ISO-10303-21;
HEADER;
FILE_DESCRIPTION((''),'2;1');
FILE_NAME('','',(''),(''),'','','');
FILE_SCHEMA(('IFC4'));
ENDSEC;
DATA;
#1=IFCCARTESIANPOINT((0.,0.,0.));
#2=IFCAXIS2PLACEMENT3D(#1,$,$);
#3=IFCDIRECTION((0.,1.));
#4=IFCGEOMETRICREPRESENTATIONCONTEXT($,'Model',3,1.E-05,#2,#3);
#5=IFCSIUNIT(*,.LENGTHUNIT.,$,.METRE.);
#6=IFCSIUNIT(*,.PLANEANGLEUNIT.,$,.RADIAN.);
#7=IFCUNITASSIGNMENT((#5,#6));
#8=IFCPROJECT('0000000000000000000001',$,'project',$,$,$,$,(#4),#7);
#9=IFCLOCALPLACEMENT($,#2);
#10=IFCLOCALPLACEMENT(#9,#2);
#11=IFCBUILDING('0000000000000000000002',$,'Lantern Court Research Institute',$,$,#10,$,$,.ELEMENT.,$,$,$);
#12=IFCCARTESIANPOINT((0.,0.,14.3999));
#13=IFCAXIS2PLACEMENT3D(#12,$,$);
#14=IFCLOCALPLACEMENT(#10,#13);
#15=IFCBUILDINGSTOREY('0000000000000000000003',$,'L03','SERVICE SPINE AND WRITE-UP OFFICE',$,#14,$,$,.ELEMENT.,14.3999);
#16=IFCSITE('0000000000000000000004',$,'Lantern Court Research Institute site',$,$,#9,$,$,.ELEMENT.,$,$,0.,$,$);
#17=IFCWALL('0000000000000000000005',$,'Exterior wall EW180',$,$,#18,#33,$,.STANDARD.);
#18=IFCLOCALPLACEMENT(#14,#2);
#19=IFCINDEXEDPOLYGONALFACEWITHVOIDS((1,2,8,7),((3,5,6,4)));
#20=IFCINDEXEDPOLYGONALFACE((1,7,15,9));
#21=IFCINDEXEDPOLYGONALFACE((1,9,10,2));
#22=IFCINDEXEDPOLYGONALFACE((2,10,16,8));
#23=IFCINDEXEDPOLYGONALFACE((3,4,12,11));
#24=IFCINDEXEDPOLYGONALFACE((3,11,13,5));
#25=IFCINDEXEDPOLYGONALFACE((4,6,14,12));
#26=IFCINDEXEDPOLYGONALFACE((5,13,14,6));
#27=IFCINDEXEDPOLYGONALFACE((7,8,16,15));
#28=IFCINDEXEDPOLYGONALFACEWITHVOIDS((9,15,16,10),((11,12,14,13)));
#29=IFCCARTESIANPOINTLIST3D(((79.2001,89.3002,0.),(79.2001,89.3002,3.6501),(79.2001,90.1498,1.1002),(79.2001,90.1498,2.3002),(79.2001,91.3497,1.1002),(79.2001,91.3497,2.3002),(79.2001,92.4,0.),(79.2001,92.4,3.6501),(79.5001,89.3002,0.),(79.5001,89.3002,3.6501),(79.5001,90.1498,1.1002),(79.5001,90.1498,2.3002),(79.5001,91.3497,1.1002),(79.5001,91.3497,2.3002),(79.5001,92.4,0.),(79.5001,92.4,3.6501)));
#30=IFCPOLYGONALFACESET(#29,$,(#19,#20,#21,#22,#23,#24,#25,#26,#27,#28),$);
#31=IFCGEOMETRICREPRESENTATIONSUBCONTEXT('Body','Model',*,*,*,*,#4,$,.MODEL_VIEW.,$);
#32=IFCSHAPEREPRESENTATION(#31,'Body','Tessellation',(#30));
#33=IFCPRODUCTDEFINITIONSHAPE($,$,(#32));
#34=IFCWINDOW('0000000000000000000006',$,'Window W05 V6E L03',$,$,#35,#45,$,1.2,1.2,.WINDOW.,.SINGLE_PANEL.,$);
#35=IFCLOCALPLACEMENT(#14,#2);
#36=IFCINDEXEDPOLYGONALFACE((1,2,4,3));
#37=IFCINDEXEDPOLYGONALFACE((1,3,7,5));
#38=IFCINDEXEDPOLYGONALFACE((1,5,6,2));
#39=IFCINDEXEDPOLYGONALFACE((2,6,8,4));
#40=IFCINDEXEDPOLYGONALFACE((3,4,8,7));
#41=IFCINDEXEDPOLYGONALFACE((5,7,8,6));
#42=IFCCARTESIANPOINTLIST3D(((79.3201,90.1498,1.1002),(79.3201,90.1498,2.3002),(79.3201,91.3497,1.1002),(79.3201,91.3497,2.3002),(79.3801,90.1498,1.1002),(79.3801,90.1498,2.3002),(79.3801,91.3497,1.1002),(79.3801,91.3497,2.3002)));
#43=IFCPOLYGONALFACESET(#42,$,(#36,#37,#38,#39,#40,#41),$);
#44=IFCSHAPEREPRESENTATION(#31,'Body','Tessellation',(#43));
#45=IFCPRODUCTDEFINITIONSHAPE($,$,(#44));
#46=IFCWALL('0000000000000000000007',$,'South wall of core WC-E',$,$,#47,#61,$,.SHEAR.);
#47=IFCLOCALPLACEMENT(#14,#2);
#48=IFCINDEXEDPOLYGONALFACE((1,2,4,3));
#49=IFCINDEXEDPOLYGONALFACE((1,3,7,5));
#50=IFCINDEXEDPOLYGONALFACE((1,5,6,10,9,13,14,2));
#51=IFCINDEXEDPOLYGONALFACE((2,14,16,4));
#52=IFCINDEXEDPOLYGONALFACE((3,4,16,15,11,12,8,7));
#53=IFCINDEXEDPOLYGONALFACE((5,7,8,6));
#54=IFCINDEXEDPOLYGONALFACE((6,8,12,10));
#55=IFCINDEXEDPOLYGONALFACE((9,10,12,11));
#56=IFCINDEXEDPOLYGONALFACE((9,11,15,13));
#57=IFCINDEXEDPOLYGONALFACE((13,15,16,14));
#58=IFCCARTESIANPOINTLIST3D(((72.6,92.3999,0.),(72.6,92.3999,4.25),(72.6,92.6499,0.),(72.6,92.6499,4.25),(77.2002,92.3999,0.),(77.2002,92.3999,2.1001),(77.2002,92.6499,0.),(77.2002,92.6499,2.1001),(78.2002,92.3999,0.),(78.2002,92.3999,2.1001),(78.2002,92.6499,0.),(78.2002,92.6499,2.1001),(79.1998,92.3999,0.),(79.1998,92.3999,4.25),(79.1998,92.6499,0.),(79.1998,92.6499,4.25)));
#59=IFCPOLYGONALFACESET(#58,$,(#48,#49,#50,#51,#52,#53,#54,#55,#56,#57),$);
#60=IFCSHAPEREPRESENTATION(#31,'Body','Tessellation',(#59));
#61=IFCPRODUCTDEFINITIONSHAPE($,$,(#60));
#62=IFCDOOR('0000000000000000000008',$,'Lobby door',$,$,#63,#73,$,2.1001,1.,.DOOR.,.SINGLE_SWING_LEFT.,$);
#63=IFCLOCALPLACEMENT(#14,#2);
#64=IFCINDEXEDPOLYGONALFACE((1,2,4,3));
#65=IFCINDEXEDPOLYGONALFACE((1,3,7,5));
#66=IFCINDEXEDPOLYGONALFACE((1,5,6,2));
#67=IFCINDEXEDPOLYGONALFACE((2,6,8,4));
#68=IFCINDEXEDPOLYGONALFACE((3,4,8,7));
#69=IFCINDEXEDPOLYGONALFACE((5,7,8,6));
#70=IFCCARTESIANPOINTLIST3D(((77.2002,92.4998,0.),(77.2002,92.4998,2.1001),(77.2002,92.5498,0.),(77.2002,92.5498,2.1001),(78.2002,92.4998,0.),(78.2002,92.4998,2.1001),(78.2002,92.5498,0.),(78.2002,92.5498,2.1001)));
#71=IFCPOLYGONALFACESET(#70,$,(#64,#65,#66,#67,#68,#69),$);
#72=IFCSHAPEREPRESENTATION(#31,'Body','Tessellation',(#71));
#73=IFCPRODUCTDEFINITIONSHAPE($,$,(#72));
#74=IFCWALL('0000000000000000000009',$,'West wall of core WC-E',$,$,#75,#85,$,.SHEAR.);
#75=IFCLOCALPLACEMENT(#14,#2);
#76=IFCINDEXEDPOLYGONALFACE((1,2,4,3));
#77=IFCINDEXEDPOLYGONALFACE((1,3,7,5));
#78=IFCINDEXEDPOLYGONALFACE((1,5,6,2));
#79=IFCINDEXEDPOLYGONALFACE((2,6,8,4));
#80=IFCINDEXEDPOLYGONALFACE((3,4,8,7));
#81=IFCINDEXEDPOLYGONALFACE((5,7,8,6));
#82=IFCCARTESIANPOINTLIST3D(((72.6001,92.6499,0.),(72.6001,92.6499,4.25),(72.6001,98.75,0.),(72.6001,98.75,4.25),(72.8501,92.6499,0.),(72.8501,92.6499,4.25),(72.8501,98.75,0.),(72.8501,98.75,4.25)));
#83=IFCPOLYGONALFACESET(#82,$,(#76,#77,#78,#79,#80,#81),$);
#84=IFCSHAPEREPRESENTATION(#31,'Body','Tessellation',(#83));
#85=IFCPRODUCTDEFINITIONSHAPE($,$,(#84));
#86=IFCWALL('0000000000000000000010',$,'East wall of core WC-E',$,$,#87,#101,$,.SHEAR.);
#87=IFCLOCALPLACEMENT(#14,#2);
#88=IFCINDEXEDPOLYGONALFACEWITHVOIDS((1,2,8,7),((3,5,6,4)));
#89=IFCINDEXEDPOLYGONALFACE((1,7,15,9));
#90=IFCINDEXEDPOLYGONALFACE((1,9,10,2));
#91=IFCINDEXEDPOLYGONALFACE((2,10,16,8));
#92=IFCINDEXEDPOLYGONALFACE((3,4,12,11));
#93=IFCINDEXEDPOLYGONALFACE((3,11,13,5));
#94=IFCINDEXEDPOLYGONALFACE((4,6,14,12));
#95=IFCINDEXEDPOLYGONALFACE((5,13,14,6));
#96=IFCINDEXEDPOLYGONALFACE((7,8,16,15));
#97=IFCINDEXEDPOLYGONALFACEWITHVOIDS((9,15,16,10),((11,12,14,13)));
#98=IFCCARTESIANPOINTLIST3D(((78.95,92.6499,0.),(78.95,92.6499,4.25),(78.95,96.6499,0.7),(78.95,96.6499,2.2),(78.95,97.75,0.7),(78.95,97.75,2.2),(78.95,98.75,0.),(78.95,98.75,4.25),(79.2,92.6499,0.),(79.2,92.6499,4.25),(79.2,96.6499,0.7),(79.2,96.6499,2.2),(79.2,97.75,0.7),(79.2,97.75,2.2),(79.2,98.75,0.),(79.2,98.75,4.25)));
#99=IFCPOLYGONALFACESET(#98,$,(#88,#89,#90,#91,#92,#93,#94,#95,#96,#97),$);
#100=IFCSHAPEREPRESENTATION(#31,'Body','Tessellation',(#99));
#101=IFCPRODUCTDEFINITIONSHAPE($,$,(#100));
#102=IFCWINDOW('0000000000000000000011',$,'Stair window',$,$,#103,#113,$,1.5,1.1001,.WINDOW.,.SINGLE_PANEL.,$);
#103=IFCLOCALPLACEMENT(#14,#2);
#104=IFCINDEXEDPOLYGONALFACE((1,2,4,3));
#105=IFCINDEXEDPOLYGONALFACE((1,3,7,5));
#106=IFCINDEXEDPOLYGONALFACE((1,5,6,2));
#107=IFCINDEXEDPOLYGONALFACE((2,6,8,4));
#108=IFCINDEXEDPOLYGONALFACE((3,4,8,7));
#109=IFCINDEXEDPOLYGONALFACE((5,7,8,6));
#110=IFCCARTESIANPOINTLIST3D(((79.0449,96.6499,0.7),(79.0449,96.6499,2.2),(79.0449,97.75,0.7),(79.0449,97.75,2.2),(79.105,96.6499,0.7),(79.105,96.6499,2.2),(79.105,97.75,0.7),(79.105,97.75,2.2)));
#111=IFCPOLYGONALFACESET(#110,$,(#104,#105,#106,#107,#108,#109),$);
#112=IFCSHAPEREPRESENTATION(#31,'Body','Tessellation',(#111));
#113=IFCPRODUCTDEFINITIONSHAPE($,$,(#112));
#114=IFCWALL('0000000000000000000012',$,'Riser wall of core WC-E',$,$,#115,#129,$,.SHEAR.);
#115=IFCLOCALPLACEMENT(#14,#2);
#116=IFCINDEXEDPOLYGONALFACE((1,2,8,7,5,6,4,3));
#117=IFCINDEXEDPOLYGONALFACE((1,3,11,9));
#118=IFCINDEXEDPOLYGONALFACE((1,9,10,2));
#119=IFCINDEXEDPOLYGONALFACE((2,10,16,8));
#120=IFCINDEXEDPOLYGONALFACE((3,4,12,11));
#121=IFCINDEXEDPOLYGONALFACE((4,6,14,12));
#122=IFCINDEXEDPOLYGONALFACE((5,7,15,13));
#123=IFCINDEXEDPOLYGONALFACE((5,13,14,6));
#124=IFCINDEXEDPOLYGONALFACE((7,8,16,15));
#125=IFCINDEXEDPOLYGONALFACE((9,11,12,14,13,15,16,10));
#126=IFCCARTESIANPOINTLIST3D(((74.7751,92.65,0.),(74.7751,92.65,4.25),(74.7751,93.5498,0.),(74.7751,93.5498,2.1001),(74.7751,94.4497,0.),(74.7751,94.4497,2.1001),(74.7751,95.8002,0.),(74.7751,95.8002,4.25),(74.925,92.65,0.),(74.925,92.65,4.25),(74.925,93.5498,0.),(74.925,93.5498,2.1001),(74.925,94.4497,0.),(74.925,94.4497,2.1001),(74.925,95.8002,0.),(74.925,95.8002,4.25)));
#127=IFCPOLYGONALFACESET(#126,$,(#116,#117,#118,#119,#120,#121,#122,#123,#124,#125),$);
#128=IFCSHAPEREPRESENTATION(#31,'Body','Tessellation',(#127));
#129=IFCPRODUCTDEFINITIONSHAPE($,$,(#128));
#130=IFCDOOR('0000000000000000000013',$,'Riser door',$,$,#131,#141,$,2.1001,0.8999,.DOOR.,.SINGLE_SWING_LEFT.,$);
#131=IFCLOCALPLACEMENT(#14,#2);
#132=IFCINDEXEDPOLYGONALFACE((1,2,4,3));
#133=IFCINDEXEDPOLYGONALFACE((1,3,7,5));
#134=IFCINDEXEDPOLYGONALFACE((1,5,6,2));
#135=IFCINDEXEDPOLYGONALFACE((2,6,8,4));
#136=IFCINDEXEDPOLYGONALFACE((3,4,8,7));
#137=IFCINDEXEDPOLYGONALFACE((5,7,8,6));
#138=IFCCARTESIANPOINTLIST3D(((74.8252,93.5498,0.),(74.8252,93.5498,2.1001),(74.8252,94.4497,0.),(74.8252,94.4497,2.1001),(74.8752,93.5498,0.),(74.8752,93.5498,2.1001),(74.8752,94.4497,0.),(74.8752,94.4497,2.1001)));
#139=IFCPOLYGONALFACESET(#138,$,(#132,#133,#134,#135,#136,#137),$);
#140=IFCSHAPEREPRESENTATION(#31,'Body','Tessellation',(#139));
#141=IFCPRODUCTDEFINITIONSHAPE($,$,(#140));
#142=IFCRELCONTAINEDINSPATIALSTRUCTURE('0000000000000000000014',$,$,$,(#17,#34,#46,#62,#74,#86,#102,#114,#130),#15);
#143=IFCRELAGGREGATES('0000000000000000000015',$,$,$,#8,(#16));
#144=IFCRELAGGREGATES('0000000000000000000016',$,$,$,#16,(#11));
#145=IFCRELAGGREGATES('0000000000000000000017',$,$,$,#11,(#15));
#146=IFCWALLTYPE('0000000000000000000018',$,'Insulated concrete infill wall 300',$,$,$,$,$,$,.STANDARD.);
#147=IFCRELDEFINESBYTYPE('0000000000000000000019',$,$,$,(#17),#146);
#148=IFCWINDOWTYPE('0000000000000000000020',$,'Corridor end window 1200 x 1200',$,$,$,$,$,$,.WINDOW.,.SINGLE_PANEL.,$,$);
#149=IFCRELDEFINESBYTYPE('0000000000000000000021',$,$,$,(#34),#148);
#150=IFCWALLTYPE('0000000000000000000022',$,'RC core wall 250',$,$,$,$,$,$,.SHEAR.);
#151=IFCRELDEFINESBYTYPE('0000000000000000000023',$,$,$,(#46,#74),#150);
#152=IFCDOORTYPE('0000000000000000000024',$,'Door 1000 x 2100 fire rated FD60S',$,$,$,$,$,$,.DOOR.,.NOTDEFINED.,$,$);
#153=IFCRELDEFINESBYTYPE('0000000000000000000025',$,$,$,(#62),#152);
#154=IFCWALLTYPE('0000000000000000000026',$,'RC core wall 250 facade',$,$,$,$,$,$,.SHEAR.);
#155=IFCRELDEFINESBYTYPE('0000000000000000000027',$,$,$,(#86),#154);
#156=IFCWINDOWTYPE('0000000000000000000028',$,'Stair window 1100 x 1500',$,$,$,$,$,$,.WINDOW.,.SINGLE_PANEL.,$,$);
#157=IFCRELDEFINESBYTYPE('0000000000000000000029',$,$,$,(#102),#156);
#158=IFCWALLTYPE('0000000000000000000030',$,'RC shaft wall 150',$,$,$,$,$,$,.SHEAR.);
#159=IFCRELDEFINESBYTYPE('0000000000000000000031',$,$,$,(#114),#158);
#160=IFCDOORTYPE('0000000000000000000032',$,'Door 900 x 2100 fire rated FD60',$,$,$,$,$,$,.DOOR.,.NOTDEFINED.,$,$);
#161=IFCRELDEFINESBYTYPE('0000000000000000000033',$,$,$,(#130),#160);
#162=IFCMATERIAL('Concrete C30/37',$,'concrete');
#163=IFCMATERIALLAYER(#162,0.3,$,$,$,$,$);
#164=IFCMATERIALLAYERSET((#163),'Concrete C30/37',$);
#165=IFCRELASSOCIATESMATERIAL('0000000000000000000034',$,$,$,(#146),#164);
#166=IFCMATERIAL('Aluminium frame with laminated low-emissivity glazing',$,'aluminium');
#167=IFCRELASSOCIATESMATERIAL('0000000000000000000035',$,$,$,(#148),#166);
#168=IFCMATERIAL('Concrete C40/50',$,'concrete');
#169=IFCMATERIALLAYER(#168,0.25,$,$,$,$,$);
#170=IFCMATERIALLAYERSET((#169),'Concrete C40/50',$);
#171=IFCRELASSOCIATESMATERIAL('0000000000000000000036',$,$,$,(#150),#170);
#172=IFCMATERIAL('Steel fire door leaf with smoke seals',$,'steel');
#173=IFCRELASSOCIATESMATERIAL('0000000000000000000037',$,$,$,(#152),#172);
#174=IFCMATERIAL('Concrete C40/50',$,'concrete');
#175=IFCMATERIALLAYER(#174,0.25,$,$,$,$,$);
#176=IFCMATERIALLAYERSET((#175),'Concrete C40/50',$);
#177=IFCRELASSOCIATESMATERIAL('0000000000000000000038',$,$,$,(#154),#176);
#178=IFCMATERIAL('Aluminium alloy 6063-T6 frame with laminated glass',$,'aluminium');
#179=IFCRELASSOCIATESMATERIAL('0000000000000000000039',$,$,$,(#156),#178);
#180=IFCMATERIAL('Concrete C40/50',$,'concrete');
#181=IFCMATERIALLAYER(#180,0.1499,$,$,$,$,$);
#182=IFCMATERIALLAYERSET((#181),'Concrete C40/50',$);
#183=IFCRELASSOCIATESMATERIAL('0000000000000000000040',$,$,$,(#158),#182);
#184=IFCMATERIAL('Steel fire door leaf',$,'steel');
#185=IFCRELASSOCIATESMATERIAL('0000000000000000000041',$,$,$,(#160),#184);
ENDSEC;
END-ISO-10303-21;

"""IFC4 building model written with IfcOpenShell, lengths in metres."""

from ifc_helpers import new_model, si_unit, direction, frame, frame_2d, origin, place, context, subcontext, project, spatial, rectangle, extrude, material, layer, layer_set, type_object, element, fill, save


model = new_model("IFC4")

# Units and contexts
model_context = context("Model", 3, precision=1e-05, world=origin(), true_north=direction((0.0, 1.0)))
body_context = subcontext(model_context, "Body", "Model", "MODEL_VIEW")
ifc_project = project(units=[si_unit("LENGTHUNIT", "METRE"), si_unit("PLANEANGLEUNIT", "RADIAN")], contexts=[model_context])

# Site, building, storey
site_placement = place(None, origin())
site = spatial("IfcSite", under=ifc_project, at=site_placement, Name="Lantern Court Research Institute site", CompositionType="ELEMENT", RefElevation=0.0)
building_placement = place(site_placement, origin())
building = spatial("IfcBuilding", under=site, at=building_placement, Name="Lantern Court Research Institute", CompositionType="ELEMENT")
storey_placement = place(building_placement, frame((0.0, 0.0, 14.3999)))
storey = spatial("IfcBuildingStorey", under=building, at=storey_placement, Name="L03", Description="SERVICE SPINE AND WRITE-UP OFFICE", CompositionType="ELEMENT", Elevation=14.3999)

# Wall, opening, window
ifc_material_1 = material(Name="Concrete C30/37", Category="concrete")
ifc_layer_1 = layer(ifc_material_1, 0.3)
ifc_layer_set_1 = layer_set([ifc_layer_1], Name="Concrete C30/37")
wall_type_1 = type_object("IfcWallType", Name="Insulated concrete infill wall 300", PredefinedType="STANDARD", material=ifc_layer_set_1)
wall_1_placement = place(storey_placement, frame((79.3501, 92.3999, 0.0), z_axis=(0.0, 0.0, 1.0), x_axis=(0.0, -1.0, 0.0)))
wall_1 = element("IfcWall", 1, at=wall_1_placement, inside=storey, type_object=wall_type_1, Name="Exterior wall EW180", PredefinedType="STANDARD", context=body_context, shape_type="SweptSolid", body=[
    extrude(rectangle(XDim=3.0999, YDim=0.3, at=frame_2d((1.5498, 0.0))), origin(), (0.0, 0.0, 1.0), 3.6501),
])
opening_1_placement = place(wall_1_placement, frame((1.05, 0.0, 1.1001)))
opening_1 = element("IfcOpeningElement", 2, at=opening_1_placement, cuts=wall_1, PredefinedType="OPENING", context=body_context, shape_type="SweptSolid", body=[
    extrude(rectangle(XDim=1.2, YDim=1.2, at=frame_2d((0.6001, 0.6001))), frame((0.0, 0.1599, 0.0), z_axis=(0.0, -1.0, 0.0), x_axis=(1.0, 0.0, 0.0)), (0.0, 0.0, 1.0), 0.3201),
])
ifc_material_2 = material(Name="Aluminium frame with laminated low-emissivity glazing", Category="aluminium")
window_type_1 = type_object("IfcWindowType", Name="Corridor end window 1200 x 1200", PartitioningType="SINGLE_PANEL", PredefinedType="WINDOW", material=ifc_material_2)
window_1_placement = place(opening_1_placement, origin())
window_1 = element("IfcWindow", 3, at=window_1_placement, inside=storey, type_object=window_type_1, Name="Window W05 V6E L03", OverallHeight=1.2, OverallWidth=1.2, PartitioningType="SINGLE_PANEL", PredefinedType="WINDOW", context=body_context, shape_type="SweptSolid", body=[
    extrude(rectangle(XDim=1.2, YDim=1.2, at=frame_2d((0.6001, 0.6001))), frame((0.0, 0.03, 0.0), z_axis=(0.0, -1.0, 0.0), x_axis=(1.0, 0.0, 0.0)), (0.0, 0.0, 1.0), 0.0601),
])
fill(opening_1, window_1)

# Wall, opening, door
ifc_material_3 = material(Name="Concrete C40/50", Category="concrete")
ifc_layer_2 = layer(ifc_material_3, 0.25)
ifc_layer_set_2 = layer_set([ifc_layer_2], Name="Concrete C40/50")
wall_type_2 = type_object("IfcWallType", Name="RC core wall 250", PredefinedType="SHEAR", material=ifc_layer_set_2)
wall_2_placement = place(storey_placement, frame((72.6001, 92.5249, 0.0), z_axis=(0.0, 0.0, 1.0), x_axis=(1.0, 0.0, 0.0)))
wall_2 = element("IfcWall", 4, at=wall_2_placement, inside=storey, type_object=wall_type_2, Name="South wall of core WC-E", PredefinedType="SHEAR", context=body_context, shape_type="SweptSolid", body=[
    extrude(rectangle(XDim=6.5999, YDim=0.25, at=frame_2d((3.2998, 0.0))), origin(), (0.0, 0.0, 1.0), 4.25),
])
opening_2_placement = place(wall_2_placement, frame((4.6001, 0.0, 0.0)))
opening_2 = element("IfcOpeningElement", 5, at=opening_2_placement, cuts=wall_2, PredefinedType="OPENING", context=body_context, shape_type="SweptSolid", body=[
    extrude(rectangle(XDim=1.0, YDim=2.1001, at=frame_2d((0.5, 1.05))), frame((0.0, 0.135, 0.0), z_axis=(0.0, -1.0, 0.0), x_axis=(1.0, 0.0, 0.0)), (0.0, 0.0, 1.0), 0.27),
])
ifc_material_4 = material(Name="Steel fire door leaf with smoke seals", Category="steel")
door_type_1 = type_object("IfcDoorType", Name="Door 1000 x 2100 fire rated FD60S", OperationType="NOTDEFINED", PredefinedType="DOOR", material=ifc_material_4)
door_1_placement = place(opening_2_placement, origin())
door_1 = element("IfcDoor", 6, at=door_1_placement, inside=storey, type_object=door_type_1, Name="Lobby door", OperationType="SINGLE_SWING_LEFT", OverallHeight=2.1001, OverallWidth=1.0, PredefinedType="DOOR", context=body_context, shape_type="SweptSolid", body=[
    extrude(rectangle(XDim=1.0, YDim=2.1001, at=frame_2d((0.5, 1.05))), frame((0.0, 0.0249, 0.0), z_axis=(0.0, -1.0, 0.0), x_axis=(1.0, 0.0, 0.0)), (0.0, 0.0, 1.0), 0.05),
])
fill(opening_2, door_1)

# Wall
wall_3_placement = place(storey_placement, frame((72.7251, 92.6499, 0.0), z_axis=(0.0, 0.0, 1.0), x_axis=(0.0, 1.0, 0.0)))
element("IfcWall", 7, at=wall_3_placement, inside=storey, type_object=wall_type_2, Name="West wall of core WC-E", PredefinedType="SHEAR", context=body_context, shape_type="SweptSolid", body=[
    extrude(rectangle(XDim=6.1001, YDim=0.25, at=frame_2d((3.05, 0.0))), origin(), (0.0, 0.0, 1.0), 4.25),
])

# Wall, opening, window
ifc_material_5 = material(Name="Concrete C40/50", Category="concrete")
ifc_layer_3 = layer(ifc_material_5, 0.25)
ifc_layer_set_3 = layer_set([ifc_layer_3], Name="Concrete C40/50")
wall_type_3 = type_object("IfcWallType", Name="RC core wall 250 facade", PredefinedType="SHEAR", material=ifc_layer_set_3)
wall_4_placement = place(storey_placement, frame((79.075, 92.6499, 0.0), z_axis=(0.0, 0.0, 1.0), x_axis=(0.0, 1.0, 0.0)))
wall_4 = element("IfcWall", 8, at=wall_4_placement, inside=storey, type_object=wall_type_3, Name="East wall of core WC-E", PredefinedType="SHEAR", context=body_context, shape_type="SweptSolid", body=[
    extrude(rectangle(XDim=6.1001, YDim=0.25, at=frame_2d((3.05, 0.0))), origin(), (0.0, 0.0, 1.0), 4.25),
])
opening_3_placement = place(wall_4_placement, frame((4.0, 0.0, 0.7)))
opening_3 = element("IfcOpeningElement", 9, at=opening_3_placement, cuts=wall_4, PredefinedType="OPENING", context=body_context, shape_type="SweptSolid", body=[
    extrude(rectangle(XDim=1.1001, YDim=1.5, at=frame_2d((0.55, 0.75))), frame((0.0, 0.135, 0.0), z_axis=(0.0, -1.0, 0.0), x_axis=(1.0, 0.0, 0.0)), (0.0, 0.0, 1.0), 0.27),
])
ifc_material_6 = material(Name="Aluminium alloy 6063-T6 frame with laminated glass", Category="aluminium")
window_type_2 = type_object("IfcWindowType", Name="Stair window 1100 x 1500", PartitioningType="SINGLE_PANEL", PredefinedType="WINDOW", material=ifc_material_6)
window_2_placement = place(opening_3_placement, origin())
window_2 = element("IfcWindow", 10, at=window_2_placement, inside=storey, type_object=window_type_2, Name="Stair window", OverallHeight=1.5, OverallWidth=1.1001, PartitioningType="SINGLE_PANEL", PredefinedType="WINDOW", context=body_context, shape_type="SweptSolid", body=[
    extrude(rectangle(XDim=1.1001, YDim=1.5, at=frame_2d((0.55, 0.75))), frame((0.0, 0.03, 0.0), z_axis=(0.0, -1.0, 0.0), x_axis=(1.0, 0.0, 0.0)), (0.0, 0.0, 1.0), 0.0601),
])
fill(opening_3, window_2)

# Wall, opening, door
ifc_material_7 = material(Name="Concrete C40/50", Category="concrete")
ifc_layer_4 = layer(ifc_material_7, 0.1499)
ifc_layer_set_4 = layer_set([ifc_layer_4], Name="Concrete C40/50")
wall_type_4 = type_object("IfcWallType", Name="RC shaft wall 150", PredefinedType="SHEAR", material=ifc_layer_set_4)
wall_5_placement = place(storey_placement, frame((74.8501, 92.6499, 0.0), z_axis=(0.0, 0.0, 1.0), x_axis=(0.0, 1.0, 0.0)))
wall_5 = element("IfcWall", 11, at=wall_5_placement, inside=storey, type_object=wall_type_4, Name="Riser wall of core WC-E", PredefinedType="SHEAR", context=body_context, shape_type="SweptSolid", body=[
    extrude(rectangle(XDim=3.1501, YDim=0.1499, at=frame_2d((1.5752, 0.0))), origin(), (0.0, 0.0, 1.0), 4.25),
])
opening_4_placement = place(wall_5_placement, frame((0.8999, 0.0, 0.0)))
opening_4 = element("IfcOpeningElement", 12, at=opening_4_placement, cuts=wall_5, PredefinedType="OPENING", context=body_context, shape_type="SweptSolid", body=[
    extrude(rectangle(XDim=0.8999, YDim=2.1001, at=frame_2d((0.45, 1.05))), frame((0.0, 0.085, 0.0), z_axis=(0.0, -1.0, 0.0), x_axis=(1.0, 0.0, 0.0)), (0.0, 0.0, 1.0), 0.1699),
])
ifc_material_8 = material(Name="Steel fire door leaf", Category="steel")
door_type_2 = type_object("IfcDoorType", Name="Door 900 x 2100 fire rated FD60", OperationType="NOTDEFINED", PredefinedType="DOOR", material=ifc_material_8)
door_2_placement = place(opening_4_placement, origin())
door_2 = element("IfcDoor", 13, at=door_2_placement, inside=storey, type_object=door_type_2, Name="Riser door", OperationType="SINGLE_SWING_LEFT", OverallHeight=2.1001, OverallWidth=0.8999, PredefinedType="DOOR", context=body_context, shape_type="SweptSolid", body=[
    extrude(rectangle(XDim=0.8999, YDim=2.1001, at=frame_2d((0.45, 1.05))), frame((0.0, 0.0249, 0.0), z_axis=(0.0, -1.0, 0.0), x_axis=(1.0, 0.0, 0.0)), (0.0, 0.0, 1.0), 0.05),
])
fill(opening_4, door_2)

save(model, "model.ifc")
